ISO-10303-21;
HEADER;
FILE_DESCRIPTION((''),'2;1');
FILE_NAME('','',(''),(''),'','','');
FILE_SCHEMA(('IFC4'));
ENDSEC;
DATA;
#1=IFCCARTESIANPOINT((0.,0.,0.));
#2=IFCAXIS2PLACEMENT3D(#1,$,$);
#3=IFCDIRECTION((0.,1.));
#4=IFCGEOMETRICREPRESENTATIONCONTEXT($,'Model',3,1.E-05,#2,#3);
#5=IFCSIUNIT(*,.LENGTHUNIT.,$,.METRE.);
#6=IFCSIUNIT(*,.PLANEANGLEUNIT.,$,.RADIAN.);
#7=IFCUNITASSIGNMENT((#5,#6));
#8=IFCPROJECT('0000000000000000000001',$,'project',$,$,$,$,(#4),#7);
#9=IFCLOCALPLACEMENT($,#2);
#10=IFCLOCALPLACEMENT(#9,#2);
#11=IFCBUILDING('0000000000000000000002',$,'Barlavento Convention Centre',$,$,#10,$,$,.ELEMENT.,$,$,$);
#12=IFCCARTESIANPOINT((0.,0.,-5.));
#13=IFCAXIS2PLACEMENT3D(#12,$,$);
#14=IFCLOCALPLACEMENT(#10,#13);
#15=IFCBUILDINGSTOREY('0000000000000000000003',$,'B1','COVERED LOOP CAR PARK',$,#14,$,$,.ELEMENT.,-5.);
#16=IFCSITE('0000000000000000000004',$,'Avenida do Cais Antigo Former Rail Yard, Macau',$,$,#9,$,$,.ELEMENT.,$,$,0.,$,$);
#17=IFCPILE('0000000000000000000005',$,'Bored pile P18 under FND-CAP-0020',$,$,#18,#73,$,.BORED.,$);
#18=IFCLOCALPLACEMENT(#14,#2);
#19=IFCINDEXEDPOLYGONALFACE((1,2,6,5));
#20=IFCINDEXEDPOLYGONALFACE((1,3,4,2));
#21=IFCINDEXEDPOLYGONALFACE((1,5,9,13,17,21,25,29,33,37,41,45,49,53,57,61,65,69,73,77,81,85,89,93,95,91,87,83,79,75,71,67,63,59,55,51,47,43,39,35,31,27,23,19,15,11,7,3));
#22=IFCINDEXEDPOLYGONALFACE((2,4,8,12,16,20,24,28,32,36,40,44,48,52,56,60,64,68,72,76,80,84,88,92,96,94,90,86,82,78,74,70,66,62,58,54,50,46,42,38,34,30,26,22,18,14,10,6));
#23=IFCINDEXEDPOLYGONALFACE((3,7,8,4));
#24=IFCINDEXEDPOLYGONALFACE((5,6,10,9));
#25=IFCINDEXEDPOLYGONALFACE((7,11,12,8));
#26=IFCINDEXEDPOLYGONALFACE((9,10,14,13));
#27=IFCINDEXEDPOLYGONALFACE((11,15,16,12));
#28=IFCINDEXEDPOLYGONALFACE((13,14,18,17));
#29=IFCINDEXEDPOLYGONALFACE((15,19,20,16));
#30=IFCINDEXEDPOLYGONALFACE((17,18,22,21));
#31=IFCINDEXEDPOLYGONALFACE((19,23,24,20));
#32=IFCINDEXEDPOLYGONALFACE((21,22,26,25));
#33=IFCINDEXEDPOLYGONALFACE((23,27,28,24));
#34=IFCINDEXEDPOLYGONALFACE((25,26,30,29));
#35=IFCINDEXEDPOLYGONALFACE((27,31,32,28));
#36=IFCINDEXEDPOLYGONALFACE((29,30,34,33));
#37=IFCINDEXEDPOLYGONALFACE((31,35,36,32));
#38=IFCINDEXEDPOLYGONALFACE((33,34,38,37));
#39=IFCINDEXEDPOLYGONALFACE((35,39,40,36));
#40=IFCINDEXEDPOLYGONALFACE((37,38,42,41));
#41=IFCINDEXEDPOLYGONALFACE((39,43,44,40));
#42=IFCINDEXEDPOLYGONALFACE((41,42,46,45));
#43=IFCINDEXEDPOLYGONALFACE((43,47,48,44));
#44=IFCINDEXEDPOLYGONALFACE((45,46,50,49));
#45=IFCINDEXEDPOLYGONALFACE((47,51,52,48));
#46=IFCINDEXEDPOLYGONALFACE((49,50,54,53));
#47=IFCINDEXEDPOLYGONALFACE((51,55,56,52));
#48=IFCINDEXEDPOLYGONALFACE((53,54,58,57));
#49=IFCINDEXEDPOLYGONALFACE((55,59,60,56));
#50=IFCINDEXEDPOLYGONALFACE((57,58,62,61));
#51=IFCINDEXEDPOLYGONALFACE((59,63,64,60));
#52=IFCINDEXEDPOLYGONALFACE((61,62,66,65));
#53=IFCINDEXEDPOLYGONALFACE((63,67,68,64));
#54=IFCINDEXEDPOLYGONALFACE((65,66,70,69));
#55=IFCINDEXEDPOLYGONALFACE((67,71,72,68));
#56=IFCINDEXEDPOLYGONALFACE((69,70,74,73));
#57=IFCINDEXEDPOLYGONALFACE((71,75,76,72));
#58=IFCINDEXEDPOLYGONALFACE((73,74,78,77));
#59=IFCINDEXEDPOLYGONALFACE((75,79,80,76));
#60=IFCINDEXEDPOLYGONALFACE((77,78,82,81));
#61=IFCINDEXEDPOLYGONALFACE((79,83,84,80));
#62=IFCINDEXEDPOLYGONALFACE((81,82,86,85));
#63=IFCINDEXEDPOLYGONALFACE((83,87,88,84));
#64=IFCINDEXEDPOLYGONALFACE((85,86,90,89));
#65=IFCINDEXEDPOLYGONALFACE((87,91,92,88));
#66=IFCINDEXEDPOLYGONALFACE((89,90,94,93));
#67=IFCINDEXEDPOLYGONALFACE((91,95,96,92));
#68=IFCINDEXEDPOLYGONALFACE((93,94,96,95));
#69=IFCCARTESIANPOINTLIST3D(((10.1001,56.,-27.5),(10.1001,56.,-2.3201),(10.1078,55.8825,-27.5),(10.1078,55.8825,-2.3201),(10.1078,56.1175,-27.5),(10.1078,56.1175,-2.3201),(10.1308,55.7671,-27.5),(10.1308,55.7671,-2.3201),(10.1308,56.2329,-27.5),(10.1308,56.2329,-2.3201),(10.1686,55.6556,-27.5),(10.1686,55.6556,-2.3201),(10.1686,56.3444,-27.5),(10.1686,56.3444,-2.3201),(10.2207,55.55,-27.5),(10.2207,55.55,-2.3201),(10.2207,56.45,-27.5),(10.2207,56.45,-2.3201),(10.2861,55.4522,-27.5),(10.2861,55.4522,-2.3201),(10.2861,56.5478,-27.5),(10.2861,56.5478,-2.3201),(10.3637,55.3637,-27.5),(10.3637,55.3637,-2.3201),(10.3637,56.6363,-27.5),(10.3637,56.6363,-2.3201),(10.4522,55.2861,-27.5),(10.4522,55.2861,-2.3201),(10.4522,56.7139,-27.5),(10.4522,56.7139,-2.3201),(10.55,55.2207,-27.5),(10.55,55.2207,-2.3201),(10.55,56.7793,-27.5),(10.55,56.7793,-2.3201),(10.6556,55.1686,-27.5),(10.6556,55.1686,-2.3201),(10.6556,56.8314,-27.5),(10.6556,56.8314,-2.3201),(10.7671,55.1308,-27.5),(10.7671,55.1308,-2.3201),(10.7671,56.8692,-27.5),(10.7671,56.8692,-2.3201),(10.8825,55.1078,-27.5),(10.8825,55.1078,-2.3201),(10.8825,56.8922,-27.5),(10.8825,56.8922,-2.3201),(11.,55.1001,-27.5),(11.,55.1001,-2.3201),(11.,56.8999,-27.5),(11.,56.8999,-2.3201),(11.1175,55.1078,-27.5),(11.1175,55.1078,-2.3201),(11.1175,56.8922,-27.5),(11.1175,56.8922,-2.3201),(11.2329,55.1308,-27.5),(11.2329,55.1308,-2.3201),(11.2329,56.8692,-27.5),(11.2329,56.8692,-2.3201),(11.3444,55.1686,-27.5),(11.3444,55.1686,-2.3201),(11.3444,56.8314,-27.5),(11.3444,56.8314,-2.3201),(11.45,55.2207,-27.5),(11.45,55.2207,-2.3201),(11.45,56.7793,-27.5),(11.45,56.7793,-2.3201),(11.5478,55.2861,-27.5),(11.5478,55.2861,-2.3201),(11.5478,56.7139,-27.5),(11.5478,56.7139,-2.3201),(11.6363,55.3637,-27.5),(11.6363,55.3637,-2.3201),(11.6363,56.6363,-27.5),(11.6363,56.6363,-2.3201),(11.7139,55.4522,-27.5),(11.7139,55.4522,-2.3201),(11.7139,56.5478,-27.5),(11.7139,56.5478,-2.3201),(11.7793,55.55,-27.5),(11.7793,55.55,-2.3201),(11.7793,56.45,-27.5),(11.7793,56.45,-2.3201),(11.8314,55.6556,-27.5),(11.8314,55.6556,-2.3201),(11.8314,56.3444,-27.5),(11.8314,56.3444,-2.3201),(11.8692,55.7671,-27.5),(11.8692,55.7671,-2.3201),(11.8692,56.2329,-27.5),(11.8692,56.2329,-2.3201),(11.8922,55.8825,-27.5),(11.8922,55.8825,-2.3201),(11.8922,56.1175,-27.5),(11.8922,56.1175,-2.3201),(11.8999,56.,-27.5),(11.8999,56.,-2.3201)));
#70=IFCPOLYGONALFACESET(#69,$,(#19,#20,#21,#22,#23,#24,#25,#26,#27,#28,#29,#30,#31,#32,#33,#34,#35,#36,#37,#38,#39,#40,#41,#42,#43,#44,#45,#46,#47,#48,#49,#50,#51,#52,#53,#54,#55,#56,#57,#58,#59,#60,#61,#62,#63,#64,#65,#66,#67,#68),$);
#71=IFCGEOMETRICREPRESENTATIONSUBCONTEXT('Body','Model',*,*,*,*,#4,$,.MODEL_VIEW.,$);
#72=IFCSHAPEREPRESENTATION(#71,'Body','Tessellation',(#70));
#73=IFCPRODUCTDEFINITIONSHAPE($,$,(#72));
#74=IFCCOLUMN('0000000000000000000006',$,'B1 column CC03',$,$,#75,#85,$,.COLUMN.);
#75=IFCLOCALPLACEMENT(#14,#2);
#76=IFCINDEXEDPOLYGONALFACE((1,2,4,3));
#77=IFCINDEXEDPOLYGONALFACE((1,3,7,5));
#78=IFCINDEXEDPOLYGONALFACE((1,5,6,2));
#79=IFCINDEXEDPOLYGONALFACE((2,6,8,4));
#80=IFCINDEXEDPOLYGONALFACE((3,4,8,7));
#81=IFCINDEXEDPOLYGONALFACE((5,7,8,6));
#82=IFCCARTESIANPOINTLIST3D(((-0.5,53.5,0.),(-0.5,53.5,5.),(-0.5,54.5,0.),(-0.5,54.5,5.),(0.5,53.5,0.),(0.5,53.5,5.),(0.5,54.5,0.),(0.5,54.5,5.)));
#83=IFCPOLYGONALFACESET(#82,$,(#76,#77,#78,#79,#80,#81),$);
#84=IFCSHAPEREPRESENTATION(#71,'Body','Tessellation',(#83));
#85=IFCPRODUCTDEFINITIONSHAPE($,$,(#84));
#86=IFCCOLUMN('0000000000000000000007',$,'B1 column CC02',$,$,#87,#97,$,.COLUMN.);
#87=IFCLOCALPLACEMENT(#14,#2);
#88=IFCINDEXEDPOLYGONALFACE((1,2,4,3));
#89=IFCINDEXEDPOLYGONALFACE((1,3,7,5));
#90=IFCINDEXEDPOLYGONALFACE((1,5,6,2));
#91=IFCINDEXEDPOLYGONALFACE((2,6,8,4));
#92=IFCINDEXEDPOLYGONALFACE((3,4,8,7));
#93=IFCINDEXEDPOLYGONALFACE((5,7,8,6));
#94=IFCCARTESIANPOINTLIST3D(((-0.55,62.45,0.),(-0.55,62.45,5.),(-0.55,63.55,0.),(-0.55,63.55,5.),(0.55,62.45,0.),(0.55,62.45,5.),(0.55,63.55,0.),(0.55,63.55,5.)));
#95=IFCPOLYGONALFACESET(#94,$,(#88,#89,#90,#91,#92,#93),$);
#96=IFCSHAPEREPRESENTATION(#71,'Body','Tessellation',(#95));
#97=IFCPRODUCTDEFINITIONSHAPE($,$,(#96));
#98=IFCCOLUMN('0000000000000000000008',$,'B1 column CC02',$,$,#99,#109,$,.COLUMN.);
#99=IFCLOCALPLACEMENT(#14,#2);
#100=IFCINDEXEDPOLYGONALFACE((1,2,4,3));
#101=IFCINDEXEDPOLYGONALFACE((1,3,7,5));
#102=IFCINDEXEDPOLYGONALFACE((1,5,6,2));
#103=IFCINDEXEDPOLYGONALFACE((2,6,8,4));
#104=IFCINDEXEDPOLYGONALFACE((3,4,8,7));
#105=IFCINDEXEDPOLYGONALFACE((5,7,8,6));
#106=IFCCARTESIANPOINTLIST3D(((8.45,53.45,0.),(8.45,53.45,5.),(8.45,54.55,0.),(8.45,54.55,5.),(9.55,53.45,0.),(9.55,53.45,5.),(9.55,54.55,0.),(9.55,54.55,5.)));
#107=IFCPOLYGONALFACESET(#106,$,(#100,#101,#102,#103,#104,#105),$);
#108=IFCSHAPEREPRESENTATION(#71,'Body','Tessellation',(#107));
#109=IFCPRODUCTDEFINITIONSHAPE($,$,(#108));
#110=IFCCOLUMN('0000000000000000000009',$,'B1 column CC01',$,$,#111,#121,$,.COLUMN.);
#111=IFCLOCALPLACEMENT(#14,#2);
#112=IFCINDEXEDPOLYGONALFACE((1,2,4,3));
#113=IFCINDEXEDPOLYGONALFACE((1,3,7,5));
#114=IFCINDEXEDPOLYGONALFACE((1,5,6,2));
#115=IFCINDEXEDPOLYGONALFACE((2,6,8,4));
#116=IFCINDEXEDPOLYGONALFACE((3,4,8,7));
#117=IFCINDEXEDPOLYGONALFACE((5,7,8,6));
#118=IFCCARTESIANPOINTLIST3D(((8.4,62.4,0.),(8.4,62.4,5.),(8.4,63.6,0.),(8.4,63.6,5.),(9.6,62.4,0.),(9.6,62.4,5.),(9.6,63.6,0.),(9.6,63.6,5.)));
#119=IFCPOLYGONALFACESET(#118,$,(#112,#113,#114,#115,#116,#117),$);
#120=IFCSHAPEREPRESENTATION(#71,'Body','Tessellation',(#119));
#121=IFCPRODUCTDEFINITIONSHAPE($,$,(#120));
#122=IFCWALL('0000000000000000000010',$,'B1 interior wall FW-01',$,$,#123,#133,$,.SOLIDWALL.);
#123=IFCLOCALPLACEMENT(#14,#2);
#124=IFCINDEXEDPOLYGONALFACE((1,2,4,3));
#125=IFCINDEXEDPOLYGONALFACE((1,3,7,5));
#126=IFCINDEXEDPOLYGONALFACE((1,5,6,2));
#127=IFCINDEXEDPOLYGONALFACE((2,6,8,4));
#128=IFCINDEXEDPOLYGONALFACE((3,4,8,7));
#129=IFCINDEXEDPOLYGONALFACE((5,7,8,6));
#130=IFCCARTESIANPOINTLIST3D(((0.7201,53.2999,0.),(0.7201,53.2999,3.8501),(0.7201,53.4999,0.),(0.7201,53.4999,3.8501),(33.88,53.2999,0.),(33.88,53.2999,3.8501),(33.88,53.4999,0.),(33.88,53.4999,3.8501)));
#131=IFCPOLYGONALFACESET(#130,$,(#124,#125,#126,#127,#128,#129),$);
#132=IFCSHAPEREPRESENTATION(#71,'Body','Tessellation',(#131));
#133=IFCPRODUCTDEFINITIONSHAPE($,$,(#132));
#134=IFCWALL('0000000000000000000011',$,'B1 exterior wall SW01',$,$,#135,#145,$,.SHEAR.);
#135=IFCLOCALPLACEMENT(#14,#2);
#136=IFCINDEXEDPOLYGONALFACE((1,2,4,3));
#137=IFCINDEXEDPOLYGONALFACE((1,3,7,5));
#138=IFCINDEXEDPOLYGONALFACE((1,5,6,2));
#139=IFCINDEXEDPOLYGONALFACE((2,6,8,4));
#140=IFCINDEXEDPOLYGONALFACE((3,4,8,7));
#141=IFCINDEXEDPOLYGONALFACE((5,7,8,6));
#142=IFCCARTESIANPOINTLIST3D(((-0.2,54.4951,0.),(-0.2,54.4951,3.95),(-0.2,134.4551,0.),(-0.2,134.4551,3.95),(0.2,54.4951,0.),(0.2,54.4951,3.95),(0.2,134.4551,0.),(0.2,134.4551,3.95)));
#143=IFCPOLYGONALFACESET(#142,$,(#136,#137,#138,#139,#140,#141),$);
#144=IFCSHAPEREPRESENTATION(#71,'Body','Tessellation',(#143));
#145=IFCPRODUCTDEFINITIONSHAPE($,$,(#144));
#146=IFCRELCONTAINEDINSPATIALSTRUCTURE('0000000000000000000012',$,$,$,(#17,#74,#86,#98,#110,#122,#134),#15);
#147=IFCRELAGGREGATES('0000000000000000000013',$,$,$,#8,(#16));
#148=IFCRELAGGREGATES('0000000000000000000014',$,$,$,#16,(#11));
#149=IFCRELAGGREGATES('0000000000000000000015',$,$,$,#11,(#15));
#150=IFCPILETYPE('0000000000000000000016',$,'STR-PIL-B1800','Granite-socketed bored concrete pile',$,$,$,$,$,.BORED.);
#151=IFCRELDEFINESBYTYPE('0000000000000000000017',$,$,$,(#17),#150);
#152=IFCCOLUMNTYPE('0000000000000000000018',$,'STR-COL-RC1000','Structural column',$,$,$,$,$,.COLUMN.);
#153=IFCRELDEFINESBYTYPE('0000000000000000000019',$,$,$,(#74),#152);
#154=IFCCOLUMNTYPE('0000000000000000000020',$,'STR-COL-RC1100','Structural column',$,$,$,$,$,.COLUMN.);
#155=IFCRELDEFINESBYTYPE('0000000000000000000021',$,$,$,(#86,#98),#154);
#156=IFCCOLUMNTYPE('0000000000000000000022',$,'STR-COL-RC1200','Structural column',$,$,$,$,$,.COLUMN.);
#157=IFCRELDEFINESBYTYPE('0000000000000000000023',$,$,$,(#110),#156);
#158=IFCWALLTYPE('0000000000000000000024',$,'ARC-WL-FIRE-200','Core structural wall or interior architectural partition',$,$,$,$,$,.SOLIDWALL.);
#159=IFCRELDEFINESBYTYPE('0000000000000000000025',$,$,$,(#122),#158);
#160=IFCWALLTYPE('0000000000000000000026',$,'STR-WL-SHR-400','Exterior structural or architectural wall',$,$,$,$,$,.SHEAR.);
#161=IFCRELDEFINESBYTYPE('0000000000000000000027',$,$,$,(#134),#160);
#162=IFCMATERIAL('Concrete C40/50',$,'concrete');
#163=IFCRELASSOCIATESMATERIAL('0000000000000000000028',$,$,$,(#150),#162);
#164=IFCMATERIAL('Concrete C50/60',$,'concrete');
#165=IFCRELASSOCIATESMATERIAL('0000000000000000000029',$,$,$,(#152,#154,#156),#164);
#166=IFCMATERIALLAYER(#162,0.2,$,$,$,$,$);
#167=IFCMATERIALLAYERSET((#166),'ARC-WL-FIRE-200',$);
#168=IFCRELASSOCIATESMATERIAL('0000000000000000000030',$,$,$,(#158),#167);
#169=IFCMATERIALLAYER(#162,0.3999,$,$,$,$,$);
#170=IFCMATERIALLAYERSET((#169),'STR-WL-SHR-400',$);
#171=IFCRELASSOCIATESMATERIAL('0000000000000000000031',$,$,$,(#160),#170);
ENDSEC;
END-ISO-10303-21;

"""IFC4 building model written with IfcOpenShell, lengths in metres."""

from ifc_helpers import new_model, si_unit, direction, frame, frame_2d, origin, origin_2d, place, context, subcontext, project, spatial, rectangle, circle, extrude, material, layer, layer_set, material_profile, profile_set, type_object, element, save


model = new_model("IFC4")

# Units and contexts
model_context = context("Model", 3, precision=1e-05, world=origin(), true_north=direction((0.0, 1.0)))
body_context = subcontext(model_context, "Body", "Model", "MODEL_VIEW")
ifc_project = project(units=[si_unit("LENGTHUNIT", "METRE"), si_unit("PLANEANGLEUNIT", "RADIAN")], contexts=[model_context])

# Site, building, storey
site_placement = place(None, origin())
site = spatial("IfcSite", under=ifc_project, at=site_placement, Name="Avenida do Cais Antigo Former Rail Yard, Macau", CompositionType="ELEMENT", RefElevation=0.0)
building_placement = place(site_placement, origin())
building = spatial("IfcBuilding", under=site, at=building_placement, Name="Barlavento Convention Centre", CompositionType="ELEMENT")
storey_placement = place(building_placement, frame((0.0, 0.0, -5.0)))
storey = spatial("IfcBuildingStorey", under=building, at=storey_placement, Name="B1", Description="COVERED LOOP CAR PARK", CompositionType="ELEMENT", Elevation=-5.0)

# Shared definitions
ifc_material_1 = material(Name="Concrete C40/50", Category="concrete")

# Pile
ifc_material_profile_1 = material_profile(ifc_material_1, circle(Radius=0.8999, at=origin_2d()), Name="BORED PILE 1800")
ifc_profile_set_1 = profile_set([ifc_material_profile_1], Name="Concrete C40/50")
pile_type_1 = type_object("IfcPileType", Name="STR-PIL-B1800", Description="Granite-socketed bored concrete pile", PredefinedType="BORED", material=ifc_profile_set_1)
for number, where, z_axis, x_axis, name in (
    (1, (11.0, 56.0, -2.3201), (0.0, 0.0, -1.0), (1.0, 0.0, 0.0), "Bored pile P18 under FND-CAP-0020"),
):
    element("IfcPile", number, at=place(storey_placement, frame(where, z_axis=z_axis, x_axis=x_axis)), inside=storey, type_object=pile_type_1, Name=name, PredefinedType="BORED", context=body_context, shape_type="SweptSolid", body=[
        extrude(circle(Radius=0.8999, at=origin_2d()), origin(), (0.0, 0.0, 1.0), 25.1799),
    ])

# Columns
ifc_material_2 = material(Name="Concrete C50/60", Category="concrete")
ifc_material_profile_2 = material_profile(ifc_material_2, rectangle(XDim=1.0, YDim=1.0, at=origin_2d()), Name="RC 1000x1000")
ifc_profile_set_2 = profile_set([ifc_material_profile_2], Name="Concrete C50/60")
column_type_1 = type_object("IfcColumnType", Name="STR-COL-RC1000", Description="Structural column", PredefinedType="COLUMN", material=ifc_profile_set_2)
column_1_placement = place(storey_placement, frame((0.0, 54.0, 0.0), z_axis=(0.0, 0.0, 1.0), x_axis=(1.0, 0.0, 0.0)))
element("IfcColumn", 2, at=column_1_placement, inside=storey, type_object=column_type_1, Name="B1 column CC03", PredefinedType="COLUMN", context=body_context, shape_type="SweptSolid", body=[
    extrude(rectangle(XDim=1.0, YDim=1.0, at=origin_2d()), origin(), (0.0, 0.0, 1.0), 5.0),
])
ifc_material_profile_3 = material_profile(ifc_material_2, rectangle(XDim=1.1001, YDim=1.1001, at=origin_2d()), Name="RC 1100x1100")
ifc_profile_set_3 = profile_set([ifc_material_profile_3], Name="Concrete C50/60")
column_type_2 = type_object("IfcColumnType", Name="STR-COL-RC1100", Description="Structural column", PredefinedType="COLUMN", material=ifc_profile_set_3)
for number, where, z_axis, x_axis, name in (
    (3, (0.0, 63.0, 0.0), (0.0, 0.0, 1.0), (1.0, 0.0, 0.0), "B1 column CC02"),
    (4, (9.0, 54.0, 0.0), (0.0, 0.0, 1.0), (1.0, 0.0, 0.0), "B1 column CC02"),
):
    element("IfcColumn", number, at=place(storey_placement, frame(where, z_axis=z_axis, x_axis=x_axis)), inside=storey, type_object=column_type_2, Name=name, PredefinedType="COLUMN", context=body_context, shape_type="SweptSolid", body=[
        extrude(rectangle(XDim=1.1001, YDim=1.1001, at=origin_2d()), origin(), (0.0, 0.0, 1.0), 5.0),
    ])
ifc_material_profile_4 = material_profile(ifc_material_2, rectangle(XDim=1.2, YDim=1.2, at=origin_2d()), Name="RC 1200x1200")
ifc_profile_set_4 = profile_set([ifc_material_profile_4], Name="Concrete C50/60")
column_type_3 = type_object("IfcColumnType", Name="STR-COL-RC1200", Description="Structural column", PredefinedType="COLUMN", material=ifc_profile_set_4)
column_2_placement = place(storey_placement, frame((9.0, 63.0, 0.0), z_axis=(0.0, 0.0, 1.0), x_axis=(1.0, 0.0, 0.0)))
element("IfcColumn", 5, at=column_2_placement, inside=storey, type_object=column_type_3, Name="B1 column CC01", PredefinedType="COLUMN", context=body_context, shape_type="SweptSolid", body=[
    extrude(rectangle(XDim=1.2, YDim=1.2, at=origin_2d()), origin(), (0.0, 0.0, 1.0), 5.0),
])

# Walls
ifc_layer_1 = layer(ifc_material_1, 0.2)
ifc_layer_set_1 = layer_set([ifc_layer_1], Name="ARC-WL-FIRE-200")
wall_type_1 = type_object("IfcWallType", Name="ARC-WL-FIRE-200", Description="Core structural wall or interior architectural partition", PredefinedType="SOLIDWALL", material=ifc_layer_set_1)
wall_1_placement = place(storey_placement, frame((0.72, 53.3999, 0.0), z_axis=(0.0, 0.0, 1.0), x_axis=(1.0, 0.0, 0.0)))
element("IfcWall", 6, at=wall_1_placement, inside=storey, type_object=wall_type_1, Name="B1 interior wall FW-01", PredefinedType="SOLIDWALL", context=body_context, shape_type="SweptSolid", body=[
    extrude(rectangle(XDim=33.1599, YDim=0.2, at=frame_2d((16.5801, 0.0))), origin(), (0.0, 0.0, 1.0), 3.8501),
])
ifc_layer_2 = layer(ifc_material_1, 0.3999)
ifc_layer_set_2 = layer_set([ifc_layer_2], Name="STR-WL-SHR-400")
wall_type_2 = type_object("IfcWallType", Name="STR-WL-SHR-400", Description="Exterior structural or architectural wall", PredefinedType="SHEAR", material=ifc_layer_set_2)
wall_2_placement = place(storey_placement, frame((0.0, 54.4951, 0.0), z_axis=(0.0, 0.0, 1.0), x_axis=(0.0, 1.0, 0.0)))
element("IfcWall", 7, at=wall_2_placement, inside=storey, type_object=wall_type_2, Name="B1 exterior wall SW01", PredefinedType="SHEAR", context=body_context, shape_type="SweptSolid", body=[
    extrude(rectangle(XDim=79.96, YDim=0.3999, at=frame_2d((39.98, 0.0))), origin(), (0.0, 0.0, 1.0), 3.95),
])

save(model, "model.ifc")
